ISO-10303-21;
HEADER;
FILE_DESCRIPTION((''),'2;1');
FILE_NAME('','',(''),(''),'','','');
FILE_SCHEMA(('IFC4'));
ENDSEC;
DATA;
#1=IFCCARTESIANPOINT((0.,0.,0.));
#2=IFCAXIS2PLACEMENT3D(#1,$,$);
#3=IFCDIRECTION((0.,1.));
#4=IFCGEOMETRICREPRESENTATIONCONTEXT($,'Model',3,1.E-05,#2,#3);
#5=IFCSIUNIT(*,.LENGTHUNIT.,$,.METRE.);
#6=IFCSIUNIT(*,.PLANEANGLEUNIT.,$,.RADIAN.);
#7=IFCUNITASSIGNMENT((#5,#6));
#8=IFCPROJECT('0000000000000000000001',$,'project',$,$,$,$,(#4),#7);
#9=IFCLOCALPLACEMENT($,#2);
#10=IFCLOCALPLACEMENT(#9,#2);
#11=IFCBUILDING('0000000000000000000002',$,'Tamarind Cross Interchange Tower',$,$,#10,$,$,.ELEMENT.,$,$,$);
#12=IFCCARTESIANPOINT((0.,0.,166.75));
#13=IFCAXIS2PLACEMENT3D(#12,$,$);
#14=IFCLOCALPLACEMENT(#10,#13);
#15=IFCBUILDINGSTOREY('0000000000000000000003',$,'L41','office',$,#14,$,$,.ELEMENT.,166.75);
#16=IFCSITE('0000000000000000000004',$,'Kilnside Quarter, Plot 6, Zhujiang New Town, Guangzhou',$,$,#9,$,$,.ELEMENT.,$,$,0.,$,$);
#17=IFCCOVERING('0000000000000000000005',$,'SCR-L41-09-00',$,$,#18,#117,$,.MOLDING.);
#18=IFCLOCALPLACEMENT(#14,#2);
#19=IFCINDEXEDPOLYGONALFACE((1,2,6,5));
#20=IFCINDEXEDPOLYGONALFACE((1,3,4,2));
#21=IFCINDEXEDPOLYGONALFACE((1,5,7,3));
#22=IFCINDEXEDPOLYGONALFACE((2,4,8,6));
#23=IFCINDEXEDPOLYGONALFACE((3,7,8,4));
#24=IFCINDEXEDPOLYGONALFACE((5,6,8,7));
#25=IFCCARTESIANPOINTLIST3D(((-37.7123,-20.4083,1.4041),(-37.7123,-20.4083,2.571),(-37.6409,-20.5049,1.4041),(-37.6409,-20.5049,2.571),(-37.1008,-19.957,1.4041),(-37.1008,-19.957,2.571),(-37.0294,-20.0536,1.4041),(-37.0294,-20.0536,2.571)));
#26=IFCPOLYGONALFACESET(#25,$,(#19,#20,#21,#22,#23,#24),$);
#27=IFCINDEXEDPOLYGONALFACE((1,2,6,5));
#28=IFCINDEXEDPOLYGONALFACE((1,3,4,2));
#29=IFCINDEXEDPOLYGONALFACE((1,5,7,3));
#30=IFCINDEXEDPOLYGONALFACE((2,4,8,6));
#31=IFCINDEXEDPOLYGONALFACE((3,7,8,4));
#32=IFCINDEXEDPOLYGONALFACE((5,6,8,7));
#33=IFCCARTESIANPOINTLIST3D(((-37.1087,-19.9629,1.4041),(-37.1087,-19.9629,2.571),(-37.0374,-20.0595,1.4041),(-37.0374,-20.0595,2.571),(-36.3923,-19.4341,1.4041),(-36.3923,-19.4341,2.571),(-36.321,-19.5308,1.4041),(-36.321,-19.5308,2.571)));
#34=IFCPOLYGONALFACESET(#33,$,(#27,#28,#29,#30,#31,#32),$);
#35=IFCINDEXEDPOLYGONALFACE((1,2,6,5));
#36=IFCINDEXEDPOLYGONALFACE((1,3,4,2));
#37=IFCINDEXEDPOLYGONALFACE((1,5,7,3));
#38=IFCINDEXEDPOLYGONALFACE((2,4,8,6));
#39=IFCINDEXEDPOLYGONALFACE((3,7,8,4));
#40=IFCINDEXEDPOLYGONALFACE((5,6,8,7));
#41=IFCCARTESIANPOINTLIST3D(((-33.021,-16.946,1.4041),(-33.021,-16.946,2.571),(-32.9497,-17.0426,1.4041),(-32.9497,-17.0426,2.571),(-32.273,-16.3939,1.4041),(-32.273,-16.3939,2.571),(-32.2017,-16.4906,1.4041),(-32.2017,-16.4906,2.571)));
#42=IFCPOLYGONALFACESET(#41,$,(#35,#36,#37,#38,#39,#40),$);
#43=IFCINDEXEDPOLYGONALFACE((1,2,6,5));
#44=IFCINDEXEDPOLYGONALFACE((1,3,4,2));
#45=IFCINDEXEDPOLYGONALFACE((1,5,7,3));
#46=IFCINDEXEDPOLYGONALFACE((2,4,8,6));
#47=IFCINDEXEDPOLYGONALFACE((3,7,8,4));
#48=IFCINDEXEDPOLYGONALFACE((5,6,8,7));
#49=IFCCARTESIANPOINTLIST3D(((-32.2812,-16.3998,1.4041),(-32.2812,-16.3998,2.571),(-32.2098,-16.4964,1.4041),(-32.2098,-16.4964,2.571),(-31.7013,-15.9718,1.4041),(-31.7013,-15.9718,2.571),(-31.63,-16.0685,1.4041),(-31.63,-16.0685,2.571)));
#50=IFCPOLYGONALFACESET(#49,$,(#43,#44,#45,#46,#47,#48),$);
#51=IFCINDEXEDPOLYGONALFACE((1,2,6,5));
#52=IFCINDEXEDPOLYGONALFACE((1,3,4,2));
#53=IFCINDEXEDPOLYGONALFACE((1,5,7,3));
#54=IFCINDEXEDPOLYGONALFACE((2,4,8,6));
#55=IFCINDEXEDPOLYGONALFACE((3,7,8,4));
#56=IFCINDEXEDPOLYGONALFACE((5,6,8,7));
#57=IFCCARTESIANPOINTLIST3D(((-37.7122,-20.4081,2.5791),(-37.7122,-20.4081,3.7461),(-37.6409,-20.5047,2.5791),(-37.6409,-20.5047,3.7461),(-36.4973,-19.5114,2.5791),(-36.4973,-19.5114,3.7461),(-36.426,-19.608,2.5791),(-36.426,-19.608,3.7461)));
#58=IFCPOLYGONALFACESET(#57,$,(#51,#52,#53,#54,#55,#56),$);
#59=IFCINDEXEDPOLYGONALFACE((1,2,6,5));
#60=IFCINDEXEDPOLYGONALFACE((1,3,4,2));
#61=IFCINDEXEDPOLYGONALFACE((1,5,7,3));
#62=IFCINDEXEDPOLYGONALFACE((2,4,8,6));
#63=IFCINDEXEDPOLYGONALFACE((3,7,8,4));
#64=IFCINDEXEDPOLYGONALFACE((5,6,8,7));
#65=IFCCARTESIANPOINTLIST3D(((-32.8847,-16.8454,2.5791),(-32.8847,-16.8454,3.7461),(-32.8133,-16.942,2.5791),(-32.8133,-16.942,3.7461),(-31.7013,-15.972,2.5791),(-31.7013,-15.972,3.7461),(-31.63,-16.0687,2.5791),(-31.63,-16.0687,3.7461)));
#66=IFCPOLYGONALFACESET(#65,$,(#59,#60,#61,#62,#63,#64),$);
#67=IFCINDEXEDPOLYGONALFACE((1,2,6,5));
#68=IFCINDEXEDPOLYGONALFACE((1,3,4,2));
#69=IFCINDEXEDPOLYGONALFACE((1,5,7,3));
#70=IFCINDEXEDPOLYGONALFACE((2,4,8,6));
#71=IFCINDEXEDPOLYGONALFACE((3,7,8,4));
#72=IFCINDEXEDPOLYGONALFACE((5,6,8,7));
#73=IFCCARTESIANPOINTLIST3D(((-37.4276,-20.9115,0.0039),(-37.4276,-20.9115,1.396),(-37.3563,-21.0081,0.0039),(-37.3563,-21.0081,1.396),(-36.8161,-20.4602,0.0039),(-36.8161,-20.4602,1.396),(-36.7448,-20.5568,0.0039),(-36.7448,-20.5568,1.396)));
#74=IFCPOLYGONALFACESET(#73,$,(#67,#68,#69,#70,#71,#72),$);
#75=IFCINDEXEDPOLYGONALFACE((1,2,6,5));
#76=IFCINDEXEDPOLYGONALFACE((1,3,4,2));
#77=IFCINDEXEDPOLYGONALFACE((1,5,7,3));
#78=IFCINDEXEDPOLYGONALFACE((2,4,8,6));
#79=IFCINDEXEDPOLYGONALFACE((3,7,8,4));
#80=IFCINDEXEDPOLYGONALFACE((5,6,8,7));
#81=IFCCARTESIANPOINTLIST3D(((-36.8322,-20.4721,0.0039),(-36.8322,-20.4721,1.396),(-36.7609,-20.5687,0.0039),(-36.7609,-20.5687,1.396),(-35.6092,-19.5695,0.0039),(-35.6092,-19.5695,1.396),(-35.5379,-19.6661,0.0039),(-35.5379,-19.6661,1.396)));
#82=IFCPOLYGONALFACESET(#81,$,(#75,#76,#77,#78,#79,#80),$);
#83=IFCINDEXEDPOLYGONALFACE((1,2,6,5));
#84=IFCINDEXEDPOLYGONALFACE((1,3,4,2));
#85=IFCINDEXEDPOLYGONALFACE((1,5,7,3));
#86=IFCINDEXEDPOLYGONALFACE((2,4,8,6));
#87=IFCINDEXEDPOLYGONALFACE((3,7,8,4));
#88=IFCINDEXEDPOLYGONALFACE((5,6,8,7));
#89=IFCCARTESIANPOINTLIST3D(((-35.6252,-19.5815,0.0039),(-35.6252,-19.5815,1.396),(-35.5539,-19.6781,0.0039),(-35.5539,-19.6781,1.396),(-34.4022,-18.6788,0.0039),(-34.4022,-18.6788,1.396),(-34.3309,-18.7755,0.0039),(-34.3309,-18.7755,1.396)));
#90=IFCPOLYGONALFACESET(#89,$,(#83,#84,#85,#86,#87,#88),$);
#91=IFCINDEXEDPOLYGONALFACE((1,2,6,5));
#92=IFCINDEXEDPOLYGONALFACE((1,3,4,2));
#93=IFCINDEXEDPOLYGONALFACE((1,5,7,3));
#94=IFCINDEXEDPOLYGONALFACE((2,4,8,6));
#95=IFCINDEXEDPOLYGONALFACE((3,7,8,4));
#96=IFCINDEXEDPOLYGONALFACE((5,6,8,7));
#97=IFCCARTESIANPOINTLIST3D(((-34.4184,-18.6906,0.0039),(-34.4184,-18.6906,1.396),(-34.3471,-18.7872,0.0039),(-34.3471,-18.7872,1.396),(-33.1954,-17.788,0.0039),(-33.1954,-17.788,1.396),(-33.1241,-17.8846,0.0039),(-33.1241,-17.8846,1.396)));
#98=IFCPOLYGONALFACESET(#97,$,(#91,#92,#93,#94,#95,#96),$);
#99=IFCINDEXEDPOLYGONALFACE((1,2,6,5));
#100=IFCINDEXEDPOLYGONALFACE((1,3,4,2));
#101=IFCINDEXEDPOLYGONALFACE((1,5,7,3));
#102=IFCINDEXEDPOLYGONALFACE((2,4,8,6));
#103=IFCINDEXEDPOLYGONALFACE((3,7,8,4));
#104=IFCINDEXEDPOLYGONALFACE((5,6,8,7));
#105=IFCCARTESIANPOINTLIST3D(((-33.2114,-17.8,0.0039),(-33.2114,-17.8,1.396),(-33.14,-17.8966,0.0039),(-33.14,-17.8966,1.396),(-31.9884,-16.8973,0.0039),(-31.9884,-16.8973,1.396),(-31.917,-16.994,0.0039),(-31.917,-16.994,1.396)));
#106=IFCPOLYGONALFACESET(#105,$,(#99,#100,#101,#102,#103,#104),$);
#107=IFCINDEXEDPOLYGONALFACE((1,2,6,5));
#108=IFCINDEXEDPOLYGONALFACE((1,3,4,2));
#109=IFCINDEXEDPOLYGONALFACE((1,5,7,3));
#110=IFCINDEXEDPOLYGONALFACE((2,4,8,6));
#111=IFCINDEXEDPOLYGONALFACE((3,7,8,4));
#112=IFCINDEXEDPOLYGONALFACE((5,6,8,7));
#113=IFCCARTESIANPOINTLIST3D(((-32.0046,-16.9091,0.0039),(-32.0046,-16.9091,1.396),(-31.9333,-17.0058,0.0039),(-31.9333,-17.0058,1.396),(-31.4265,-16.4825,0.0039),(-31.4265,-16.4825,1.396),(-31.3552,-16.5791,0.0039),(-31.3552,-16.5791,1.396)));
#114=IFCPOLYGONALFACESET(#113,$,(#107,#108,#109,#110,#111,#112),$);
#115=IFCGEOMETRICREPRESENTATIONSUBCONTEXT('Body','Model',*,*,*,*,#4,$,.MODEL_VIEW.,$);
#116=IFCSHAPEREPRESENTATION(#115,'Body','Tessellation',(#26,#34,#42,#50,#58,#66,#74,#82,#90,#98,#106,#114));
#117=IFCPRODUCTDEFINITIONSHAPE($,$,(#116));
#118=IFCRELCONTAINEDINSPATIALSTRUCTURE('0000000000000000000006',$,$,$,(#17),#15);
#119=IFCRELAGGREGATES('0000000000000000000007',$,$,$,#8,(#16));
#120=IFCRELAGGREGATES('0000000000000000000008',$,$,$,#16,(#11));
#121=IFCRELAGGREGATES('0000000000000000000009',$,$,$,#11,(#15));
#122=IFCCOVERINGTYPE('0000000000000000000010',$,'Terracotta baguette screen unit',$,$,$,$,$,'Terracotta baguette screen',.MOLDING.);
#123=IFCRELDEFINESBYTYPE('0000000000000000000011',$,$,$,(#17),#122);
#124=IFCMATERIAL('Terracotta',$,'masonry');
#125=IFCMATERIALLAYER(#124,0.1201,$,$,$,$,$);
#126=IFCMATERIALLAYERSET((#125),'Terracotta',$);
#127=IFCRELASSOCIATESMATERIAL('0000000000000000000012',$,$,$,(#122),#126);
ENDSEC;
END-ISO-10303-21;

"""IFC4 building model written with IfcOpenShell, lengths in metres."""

from ifc_helpers import new_model, si_unit, direction, frame, origin, origin_2d, place, context, subcontext, project, spatial, rectangle, extrude, material, layer, layer_set, type_object, element, save


model = new_model("IFC4")

# Units and contexts
model_context = context("Model", 3, precision=1e-05, world=origin(), true_north=direction((0.0, 1.0)))
body_context = subcontext(model_context, "Body", "Model", "MODEL_VIEW")
ifc_project = project(units=[si_unit("LENGTHUNIT", "METRE"), si_unit("PLANEANGLEUNIT", "RADIAN")], contexts=[model_context])

# Site, building, storey
site_placement = place(None, origin())
site = spatial("IfcSite", under=ifc_project, at=site_placement, Name="Kilnside Quarter, Plot 6, Zhujiang New Town, Guangzhou", CompositionType="ELEMENT", RefElevation=0.0)
building_placement = place(site_placement, origin())
building = spatial("IfcBuilding", under=site, at=building_placement, Name="Tamarind Cross Interchange Tower", CompositionType="ELEMENT")
storey_placement = place(building_placement, frame((0.0, 0.0, 166.75)))
storey = spatial("IfcBuildingStorey", under=building, at=storey_placement, Name="L41", Description="office", CompositionType="ELEMENT", Elevation=166.75)

# Covering
ifc_material_1 = material(Name="Terracotta", Category="masonry")
ifc_layer_1 = layer(ifc_material_1, 0.1201)
ifc_layer_set_1 = layer_set([ifc_layer_1], Name="Terracotta")
covering_type = type_object("IfcCoveringType", Name="Terracotta baguette screen unit", ElementType="Terracotta baguette screen", PredefinedType="MOLDING", material=ifc_layer_set_1)
covering_1_placement = place(storey_placement, origin())
element("IfcCovering", 1, at=covering_1_placement, inside=storey, type_object=covering_type, Name="SCR-L41-09-00", PredefinedType="MOLDING", context=body_context, shape_type="SweptSolid", body=[
    extrude(rectangle(XDim=0.76, YDim=0.1201, at=origin_2d()), frame((-37.3708, -20.231, 1.4041), z_axis=(0.0, 0.0, 1.0), x_axis=(0.804598, 0.593819, 0.0)), (0.0, 0.0, 1.0), 1.167),
    extrude(rectangle(XDim=0.8904, YDim=0.1201, at=origin_2d()), frame((-36.7148, -19.7468, 1.4041), z_axis=(0.0, 0.0, 1.0), x_axis=(0.804598, 0.593819, 0.0)), (0.0, 0.0, 1.0), 1.167),
    extrude(rectangle(XDim=0.9297, YDim=0.1201, at=origin_2d()), frame((-32.6113, -16.7183, 1.4041), z_axis=(0.0, 0.0, 1.0), x_axis=(0.804598, 0.593819, 0.0)), (0.0, 0.0, 1.0), 1.167),
    extrude(rectangle(XDim=0.7207, YDim=0.1201, at=origin_2d()), frame((-31.9556, -16.2341, 1.4041), z_axis=(0.0, 0.0, 1.0), x_axis=(0.804598, 0.593819, 0.0)), (0.0, 0.0, 1.0), 1.167),
    extrude(rectangle(XDim=1.51, YDim=0.1201, at=origin_2d()), frame((-37.0691, -20.0081, 2.5791), z_axis=(0.0, 0.0, 1.0), x_axis=(0.804598, 0.593819, 0.0)), (0.0, 0.0, 1.0), 1.167),
    extrude(rectangle(XDim=1.4707, YDim=0.1201, at=origin_2d()), frame((-32.2573, -16.457, 2.5791), z_axis=(0.0, 0.0, 1.0), x_axis=(0.804598, 0.593819, 0.0)), (0.0, 0.0, 1.0), 1.167),
    extrude(rectangle(XDim=0.76, YDim=0.1201, at=origin_2d()), frame((-37.0862, -20.7341, 0.0039), z_axis=(0.0, 0.0, 1.0), x_axis=(0.804598, 0.593819, 0.0)), (0.0, 0.0, 1.0), 1.3921),
    extrude(rectangle(XDim=1.52, YDim=0.1201, at=origin_2d()), frame((-36.1851, -20.0691, 0.0039), z_axis=(0.0, 0.0, 1.0), x_axis=(0.804598, 0.593819, 0.0)), (0.0, 0.0, 1.0), 1.3921),
    extrude(rectangle(XDim=1.52, YDim=0.1201, at=origin_2d()), frame((-34.978, -19.1785, 0.0039), z_axis=(0.0, 0.0, 1.0), x_axis=(0.804598, 0.593819, 0.0)), (0.0, 0.0, 1.0), 1.3921),
    extrude(rectangle(XDim=1.52, YDim=0.1201, at=origin_2d()), frame((-33.7712, -18.2876, 0.0039), z_axis=(0.0, 0.0, 1.0), x_axis=(0.804598, 0.593819, 0.0)), (0.0, 0.0, 1.0), 1.3921),
    extrude(rectangle(XDim=1.52, YDim=0.1201, at=origin_2d()), frame((-32.5642, -17.397, 0.0039), z_axis=(0.0, 0.0, 1.0), x_axis=(0.804598, 0.593819, 0.0)), (0.0, 0.0, 1.0), 1.3921),
    extrude(rectangle(XDim=0.7185, YDim=0.1201, at=origin_2d()), frame((-31.6799, -16.7441, 0.0039), z_axis=(0.0, 0.0, 1.0), x_axis=(0.804598, 0.593819, 0.0)), (0.0, 0.0, 1.0), 1.3921),
])

save(model, "model.ifc")
